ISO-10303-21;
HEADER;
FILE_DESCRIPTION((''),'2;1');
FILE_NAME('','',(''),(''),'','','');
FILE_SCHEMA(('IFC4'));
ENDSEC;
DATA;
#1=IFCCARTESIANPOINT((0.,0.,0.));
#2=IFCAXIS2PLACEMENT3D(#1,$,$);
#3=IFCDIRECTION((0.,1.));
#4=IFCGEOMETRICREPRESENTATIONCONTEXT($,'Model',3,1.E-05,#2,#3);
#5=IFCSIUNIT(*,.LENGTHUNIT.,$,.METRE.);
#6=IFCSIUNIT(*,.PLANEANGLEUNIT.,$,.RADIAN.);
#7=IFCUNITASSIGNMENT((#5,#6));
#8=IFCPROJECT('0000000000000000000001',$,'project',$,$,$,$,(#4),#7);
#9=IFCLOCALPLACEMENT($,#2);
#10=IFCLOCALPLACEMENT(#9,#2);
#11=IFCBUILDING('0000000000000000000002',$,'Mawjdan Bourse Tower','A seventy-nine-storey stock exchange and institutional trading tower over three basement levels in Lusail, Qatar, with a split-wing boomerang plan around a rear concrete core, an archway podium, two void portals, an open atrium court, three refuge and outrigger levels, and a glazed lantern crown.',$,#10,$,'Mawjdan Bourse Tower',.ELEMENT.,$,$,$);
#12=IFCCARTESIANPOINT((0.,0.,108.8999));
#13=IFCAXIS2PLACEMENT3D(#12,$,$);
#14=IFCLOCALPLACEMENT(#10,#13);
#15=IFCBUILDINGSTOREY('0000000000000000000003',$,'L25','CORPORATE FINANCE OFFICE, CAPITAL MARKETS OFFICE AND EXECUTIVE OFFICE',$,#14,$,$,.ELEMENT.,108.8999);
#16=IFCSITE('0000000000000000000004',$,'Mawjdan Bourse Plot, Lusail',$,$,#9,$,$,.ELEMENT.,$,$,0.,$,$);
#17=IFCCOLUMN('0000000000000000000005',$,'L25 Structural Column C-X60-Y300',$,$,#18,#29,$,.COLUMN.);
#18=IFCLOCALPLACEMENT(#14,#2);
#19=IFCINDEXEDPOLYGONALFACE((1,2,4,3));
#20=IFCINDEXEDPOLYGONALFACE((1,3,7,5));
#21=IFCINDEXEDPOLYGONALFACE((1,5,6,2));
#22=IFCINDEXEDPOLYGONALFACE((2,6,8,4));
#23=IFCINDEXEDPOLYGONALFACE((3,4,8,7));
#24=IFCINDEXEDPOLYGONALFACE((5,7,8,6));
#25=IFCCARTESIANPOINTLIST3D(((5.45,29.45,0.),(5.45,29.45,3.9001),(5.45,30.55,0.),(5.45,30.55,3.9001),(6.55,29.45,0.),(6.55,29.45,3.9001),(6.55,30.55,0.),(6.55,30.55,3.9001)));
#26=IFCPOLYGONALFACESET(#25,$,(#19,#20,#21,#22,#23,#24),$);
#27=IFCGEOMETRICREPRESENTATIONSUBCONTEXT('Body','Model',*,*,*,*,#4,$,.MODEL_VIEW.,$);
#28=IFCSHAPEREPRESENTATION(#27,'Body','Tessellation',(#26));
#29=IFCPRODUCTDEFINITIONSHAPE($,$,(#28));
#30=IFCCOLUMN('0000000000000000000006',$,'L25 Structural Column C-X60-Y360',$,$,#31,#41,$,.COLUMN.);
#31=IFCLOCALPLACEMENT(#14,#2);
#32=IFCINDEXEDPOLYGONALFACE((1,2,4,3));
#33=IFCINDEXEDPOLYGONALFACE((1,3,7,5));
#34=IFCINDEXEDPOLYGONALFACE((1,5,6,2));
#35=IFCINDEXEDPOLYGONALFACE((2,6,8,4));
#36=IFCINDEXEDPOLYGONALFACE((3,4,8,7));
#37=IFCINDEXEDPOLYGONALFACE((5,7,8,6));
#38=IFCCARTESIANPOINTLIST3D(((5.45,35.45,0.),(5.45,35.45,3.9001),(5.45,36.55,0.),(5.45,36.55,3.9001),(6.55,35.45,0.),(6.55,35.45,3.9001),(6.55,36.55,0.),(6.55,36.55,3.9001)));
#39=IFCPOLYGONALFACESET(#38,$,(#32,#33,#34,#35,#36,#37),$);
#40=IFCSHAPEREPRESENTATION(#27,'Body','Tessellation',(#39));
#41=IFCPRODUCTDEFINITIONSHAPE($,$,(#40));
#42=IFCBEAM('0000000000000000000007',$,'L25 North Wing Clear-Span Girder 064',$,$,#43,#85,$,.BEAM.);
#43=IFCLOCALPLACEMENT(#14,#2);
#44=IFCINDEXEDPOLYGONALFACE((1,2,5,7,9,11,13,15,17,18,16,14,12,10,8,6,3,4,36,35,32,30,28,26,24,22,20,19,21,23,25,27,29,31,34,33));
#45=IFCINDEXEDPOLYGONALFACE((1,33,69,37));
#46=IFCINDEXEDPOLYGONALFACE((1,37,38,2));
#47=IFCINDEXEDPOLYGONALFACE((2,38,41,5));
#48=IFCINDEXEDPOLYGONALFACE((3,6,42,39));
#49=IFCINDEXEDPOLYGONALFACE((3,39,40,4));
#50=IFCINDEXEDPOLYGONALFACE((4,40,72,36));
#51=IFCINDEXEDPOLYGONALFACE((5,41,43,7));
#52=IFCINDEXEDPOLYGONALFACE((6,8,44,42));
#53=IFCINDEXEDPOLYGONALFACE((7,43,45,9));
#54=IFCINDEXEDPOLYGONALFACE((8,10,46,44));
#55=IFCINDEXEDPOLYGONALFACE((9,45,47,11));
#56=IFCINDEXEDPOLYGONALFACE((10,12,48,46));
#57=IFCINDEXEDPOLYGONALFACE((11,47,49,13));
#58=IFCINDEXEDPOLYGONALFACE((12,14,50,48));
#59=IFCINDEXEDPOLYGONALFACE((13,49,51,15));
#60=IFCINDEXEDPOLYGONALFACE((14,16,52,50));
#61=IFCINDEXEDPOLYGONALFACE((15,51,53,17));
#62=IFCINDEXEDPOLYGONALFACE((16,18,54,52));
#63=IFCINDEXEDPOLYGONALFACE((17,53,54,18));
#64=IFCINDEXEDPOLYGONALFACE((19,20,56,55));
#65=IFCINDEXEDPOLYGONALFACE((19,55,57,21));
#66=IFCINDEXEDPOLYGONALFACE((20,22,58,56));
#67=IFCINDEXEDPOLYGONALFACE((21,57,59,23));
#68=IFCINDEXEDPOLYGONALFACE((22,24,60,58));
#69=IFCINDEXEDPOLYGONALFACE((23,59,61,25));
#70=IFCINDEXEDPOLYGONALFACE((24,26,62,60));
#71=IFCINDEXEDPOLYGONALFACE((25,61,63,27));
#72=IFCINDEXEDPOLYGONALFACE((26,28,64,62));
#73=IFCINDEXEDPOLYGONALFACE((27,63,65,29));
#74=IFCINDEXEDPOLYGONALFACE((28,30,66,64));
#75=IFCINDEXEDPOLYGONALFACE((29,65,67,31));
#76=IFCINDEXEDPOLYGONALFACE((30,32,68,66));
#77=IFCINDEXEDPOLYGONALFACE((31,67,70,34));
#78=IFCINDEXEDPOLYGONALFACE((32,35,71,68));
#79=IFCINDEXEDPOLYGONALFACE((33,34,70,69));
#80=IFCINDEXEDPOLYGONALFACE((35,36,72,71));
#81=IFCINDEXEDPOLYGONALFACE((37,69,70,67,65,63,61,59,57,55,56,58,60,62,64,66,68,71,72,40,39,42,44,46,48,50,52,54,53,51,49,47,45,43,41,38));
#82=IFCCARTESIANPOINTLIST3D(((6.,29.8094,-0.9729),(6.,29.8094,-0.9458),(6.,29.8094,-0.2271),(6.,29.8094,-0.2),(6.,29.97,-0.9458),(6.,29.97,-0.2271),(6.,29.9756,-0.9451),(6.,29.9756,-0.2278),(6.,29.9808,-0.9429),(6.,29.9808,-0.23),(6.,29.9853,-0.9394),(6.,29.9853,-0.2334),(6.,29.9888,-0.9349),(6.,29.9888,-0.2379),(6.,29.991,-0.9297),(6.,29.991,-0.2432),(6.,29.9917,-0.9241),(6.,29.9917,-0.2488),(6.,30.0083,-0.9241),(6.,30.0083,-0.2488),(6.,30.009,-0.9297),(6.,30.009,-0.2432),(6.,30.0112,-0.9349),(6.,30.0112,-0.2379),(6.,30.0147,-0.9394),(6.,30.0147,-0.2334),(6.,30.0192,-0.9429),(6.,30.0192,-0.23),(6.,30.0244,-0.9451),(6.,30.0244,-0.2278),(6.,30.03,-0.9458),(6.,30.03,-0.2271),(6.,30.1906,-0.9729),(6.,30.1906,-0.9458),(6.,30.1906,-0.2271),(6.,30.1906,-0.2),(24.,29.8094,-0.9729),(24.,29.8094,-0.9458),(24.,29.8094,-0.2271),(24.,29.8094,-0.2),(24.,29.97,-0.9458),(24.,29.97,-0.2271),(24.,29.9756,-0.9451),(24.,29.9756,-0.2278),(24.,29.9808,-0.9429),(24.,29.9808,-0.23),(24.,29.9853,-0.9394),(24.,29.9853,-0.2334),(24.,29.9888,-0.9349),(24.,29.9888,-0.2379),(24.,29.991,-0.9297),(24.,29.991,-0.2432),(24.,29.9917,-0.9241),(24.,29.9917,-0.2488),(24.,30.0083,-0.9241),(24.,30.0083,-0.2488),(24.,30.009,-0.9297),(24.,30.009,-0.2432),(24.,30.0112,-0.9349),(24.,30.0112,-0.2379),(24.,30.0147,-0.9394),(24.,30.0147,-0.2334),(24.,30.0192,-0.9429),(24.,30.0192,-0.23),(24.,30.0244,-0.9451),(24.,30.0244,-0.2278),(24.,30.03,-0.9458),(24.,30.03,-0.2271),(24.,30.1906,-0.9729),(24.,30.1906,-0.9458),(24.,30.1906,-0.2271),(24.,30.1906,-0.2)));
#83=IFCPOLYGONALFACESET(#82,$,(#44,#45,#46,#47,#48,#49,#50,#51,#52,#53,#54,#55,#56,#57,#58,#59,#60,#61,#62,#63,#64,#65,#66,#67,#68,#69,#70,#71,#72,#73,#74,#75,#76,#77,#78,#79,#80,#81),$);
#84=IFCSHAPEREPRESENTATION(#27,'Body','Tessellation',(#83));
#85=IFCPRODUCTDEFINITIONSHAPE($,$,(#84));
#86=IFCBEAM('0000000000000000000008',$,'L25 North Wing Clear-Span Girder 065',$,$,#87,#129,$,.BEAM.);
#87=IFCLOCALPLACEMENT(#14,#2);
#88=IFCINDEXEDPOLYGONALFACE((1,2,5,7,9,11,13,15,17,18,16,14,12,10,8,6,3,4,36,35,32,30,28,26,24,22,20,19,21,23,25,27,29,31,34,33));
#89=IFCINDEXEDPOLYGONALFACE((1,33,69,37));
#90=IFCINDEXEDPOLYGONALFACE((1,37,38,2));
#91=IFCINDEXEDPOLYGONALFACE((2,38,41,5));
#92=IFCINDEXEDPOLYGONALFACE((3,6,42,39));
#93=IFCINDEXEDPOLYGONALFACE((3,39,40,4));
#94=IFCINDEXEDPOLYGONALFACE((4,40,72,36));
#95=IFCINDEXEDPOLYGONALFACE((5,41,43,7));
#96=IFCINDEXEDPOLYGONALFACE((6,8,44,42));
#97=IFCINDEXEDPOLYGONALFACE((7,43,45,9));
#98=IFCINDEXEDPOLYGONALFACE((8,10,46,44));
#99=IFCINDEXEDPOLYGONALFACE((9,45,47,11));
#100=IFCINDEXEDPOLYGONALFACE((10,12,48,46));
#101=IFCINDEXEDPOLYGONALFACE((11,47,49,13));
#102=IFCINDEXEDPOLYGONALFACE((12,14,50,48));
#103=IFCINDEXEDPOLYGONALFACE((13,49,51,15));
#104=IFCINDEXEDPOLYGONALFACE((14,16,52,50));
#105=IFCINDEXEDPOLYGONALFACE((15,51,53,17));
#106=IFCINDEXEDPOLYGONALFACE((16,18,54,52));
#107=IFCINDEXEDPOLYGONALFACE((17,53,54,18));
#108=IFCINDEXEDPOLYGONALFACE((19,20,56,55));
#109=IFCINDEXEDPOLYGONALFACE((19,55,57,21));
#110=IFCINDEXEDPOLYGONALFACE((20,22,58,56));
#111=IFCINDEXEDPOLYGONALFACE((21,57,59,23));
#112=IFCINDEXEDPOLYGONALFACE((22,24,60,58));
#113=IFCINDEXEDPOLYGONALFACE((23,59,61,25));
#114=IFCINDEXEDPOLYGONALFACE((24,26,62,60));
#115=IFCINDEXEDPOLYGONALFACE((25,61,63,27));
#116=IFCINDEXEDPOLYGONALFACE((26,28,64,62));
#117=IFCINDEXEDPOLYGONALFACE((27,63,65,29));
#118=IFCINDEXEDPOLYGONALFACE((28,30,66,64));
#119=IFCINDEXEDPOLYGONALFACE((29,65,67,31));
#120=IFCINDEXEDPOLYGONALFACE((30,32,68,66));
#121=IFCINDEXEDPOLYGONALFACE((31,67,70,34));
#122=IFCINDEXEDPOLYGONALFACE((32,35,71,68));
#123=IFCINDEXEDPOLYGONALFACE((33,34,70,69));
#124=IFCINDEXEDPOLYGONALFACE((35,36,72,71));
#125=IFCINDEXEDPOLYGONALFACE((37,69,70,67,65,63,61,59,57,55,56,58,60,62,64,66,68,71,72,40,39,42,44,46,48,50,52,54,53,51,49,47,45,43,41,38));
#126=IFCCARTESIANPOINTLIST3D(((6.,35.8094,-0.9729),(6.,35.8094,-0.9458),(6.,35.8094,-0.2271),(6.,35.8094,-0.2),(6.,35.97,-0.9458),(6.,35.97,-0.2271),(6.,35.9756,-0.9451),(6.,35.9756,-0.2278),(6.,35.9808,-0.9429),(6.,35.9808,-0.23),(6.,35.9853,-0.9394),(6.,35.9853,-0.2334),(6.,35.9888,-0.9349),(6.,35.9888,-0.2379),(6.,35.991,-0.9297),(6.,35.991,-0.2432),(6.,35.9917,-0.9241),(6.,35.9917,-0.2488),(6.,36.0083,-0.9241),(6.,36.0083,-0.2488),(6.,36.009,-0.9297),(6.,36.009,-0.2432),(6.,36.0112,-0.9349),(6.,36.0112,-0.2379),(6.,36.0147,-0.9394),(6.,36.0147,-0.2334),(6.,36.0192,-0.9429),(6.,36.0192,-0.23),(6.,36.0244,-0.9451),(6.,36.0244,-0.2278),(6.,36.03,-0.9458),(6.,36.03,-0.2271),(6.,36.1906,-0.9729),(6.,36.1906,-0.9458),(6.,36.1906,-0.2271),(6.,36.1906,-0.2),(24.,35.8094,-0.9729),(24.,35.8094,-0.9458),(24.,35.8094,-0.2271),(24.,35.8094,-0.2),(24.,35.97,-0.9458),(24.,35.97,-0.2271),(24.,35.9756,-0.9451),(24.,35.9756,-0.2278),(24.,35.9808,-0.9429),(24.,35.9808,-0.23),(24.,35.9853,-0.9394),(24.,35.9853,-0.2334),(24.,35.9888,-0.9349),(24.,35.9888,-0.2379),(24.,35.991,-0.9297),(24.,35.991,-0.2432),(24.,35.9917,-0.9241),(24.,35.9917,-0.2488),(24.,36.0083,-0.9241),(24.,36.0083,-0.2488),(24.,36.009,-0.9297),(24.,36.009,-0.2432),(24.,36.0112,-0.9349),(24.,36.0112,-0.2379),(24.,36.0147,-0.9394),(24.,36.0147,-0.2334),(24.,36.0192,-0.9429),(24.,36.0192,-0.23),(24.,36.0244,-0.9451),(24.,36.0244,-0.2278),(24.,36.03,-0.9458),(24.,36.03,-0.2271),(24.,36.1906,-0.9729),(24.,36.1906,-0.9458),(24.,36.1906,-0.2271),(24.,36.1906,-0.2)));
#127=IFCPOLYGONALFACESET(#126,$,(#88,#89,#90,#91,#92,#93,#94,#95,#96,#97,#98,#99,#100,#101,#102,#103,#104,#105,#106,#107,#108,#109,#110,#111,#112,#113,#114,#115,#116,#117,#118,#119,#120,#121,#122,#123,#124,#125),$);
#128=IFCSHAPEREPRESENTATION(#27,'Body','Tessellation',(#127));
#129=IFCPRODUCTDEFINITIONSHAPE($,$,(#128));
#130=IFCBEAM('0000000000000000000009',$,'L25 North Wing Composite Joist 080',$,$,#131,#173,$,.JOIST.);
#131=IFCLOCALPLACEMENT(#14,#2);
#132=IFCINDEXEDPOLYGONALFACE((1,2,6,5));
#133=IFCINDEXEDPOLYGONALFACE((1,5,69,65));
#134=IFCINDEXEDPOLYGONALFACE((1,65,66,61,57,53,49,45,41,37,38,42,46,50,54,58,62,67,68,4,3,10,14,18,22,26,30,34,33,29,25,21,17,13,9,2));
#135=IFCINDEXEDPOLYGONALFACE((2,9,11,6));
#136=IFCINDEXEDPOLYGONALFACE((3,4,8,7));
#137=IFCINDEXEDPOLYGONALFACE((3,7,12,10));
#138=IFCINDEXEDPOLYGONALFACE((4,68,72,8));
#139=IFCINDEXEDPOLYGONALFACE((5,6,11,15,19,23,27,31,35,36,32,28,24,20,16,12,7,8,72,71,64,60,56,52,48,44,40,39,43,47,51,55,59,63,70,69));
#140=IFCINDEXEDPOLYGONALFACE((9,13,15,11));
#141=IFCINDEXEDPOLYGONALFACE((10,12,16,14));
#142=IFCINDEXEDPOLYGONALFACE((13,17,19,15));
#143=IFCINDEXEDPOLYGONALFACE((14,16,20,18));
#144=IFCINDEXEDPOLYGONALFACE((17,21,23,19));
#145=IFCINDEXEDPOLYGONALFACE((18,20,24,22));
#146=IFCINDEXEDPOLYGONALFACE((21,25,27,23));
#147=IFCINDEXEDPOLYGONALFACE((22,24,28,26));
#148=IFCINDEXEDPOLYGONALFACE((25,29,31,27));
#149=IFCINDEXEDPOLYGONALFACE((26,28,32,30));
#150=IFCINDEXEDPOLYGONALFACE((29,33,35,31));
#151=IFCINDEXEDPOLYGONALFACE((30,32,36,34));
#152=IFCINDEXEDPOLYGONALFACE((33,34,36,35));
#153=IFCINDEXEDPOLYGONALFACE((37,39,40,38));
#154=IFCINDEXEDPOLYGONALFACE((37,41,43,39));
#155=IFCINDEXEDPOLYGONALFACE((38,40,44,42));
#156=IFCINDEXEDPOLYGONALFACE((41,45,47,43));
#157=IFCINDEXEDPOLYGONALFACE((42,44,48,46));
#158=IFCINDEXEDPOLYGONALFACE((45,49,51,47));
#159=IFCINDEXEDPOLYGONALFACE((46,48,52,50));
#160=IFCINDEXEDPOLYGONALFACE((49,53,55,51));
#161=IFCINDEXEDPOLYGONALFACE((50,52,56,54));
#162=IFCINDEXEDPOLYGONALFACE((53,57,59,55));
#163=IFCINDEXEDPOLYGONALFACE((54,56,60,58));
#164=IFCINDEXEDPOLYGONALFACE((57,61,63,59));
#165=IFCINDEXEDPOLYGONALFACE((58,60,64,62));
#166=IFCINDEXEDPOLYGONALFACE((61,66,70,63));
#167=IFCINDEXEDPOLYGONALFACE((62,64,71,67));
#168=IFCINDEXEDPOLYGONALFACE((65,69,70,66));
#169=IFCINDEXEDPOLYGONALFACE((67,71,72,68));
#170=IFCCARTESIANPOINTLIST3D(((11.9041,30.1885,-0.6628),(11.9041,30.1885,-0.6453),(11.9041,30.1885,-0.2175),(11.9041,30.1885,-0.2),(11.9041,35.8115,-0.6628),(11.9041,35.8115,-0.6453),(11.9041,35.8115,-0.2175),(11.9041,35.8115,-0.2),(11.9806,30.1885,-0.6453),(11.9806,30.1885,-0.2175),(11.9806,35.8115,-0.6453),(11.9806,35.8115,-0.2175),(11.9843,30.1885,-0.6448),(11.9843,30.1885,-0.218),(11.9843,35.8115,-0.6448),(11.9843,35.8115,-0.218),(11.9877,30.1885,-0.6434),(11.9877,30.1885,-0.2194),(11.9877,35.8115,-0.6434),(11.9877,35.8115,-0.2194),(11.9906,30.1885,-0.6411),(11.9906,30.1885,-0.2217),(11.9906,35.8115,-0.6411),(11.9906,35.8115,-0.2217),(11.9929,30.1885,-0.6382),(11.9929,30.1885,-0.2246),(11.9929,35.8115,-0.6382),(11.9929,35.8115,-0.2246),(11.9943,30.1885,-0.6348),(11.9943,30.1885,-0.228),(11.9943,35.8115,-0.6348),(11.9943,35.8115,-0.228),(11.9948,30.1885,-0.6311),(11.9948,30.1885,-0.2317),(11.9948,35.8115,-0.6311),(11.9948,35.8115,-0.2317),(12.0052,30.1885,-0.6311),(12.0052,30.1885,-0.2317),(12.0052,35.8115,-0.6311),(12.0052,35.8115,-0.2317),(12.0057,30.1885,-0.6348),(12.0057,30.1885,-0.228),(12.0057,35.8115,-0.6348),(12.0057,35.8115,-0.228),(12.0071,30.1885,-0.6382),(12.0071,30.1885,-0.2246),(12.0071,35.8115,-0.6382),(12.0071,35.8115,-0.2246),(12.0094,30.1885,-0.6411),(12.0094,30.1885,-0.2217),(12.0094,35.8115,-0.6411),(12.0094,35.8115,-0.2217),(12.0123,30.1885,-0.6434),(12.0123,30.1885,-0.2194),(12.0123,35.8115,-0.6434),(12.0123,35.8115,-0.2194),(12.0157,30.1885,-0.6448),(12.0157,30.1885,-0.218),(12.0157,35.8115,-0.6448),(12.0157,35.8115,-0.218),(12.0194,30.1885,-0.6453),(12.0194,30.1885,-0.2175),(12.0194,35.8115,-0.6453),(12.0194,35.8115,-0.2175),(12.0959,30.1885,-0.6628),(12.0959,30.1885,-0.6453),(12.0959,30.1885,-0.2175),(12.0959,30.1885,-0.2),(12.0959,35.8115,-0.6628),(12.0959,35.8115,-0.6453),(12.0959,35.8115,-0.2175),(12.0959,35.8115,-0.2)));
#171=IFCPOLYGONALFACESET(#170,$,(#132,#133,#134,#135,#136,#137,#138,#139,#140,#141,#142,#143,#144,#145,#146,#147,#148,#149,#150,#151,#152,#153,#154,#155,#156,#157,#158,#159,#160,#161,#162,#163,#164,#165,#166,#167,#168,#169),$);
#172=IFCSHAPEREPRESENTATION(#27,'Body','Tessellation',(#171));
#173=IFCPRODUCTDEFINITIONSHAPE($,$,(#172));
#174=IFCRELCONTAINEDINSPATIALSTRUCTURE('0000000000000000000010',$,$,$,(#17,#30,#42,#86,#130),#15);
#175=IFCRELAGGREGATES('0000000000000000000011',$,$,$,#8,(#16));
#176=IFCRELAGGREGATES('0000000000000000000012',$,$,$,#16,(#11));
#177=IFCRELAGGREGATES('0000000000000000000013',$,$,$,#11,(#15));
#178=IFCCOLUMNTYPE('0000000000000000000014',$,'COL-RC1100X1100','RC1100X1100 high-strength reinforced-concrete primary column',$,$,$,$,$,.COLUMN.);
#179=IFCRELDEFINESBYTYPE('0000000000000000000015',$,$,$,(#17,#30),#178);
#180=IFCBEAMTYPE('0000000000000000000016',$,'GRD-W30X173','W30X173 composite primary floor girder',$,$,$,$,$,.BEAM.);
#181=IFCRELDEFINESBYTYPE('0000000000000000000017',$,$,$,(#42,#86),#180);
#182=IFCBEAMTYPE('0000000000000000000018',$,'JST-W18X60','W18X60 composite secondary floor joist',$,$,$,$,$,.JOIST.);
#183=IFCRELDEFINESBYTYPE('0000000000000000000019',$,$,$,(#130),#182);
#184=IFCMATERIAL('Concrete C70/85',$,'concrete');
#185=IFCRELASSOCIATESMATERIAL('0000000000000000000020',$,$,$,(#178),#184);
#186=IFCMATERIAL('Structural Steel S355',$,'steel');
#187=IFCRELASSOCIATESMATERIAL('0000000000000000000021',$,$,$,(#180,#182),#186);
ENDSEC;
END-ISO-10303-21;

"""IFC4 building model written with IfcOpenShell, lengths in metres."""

from ifc_helpers import new_model, si_unit, direction, frame, origin, origin_2d, place, context, subcontext, project, spatial, rectangle, i_section, extrude, material, material_profile, profile_set, type_object, element, save


model = new_model("IFC4")

# Units and contexts
model_context = context("Model", 3, precision=1e-05, world=origin(), true_north=direction((0.0, 1.0)))
body_context = subcontext(model_context, "Body", "Model", "MODEL_VIEW")
ifc_project = project(units=[si_unit("LENGTHUNIT", "METRE"), si_unit("PLANEANGLEUNIT", "RADIAN")], contexts=[model_context])

# Site, building, storey
site_placement = place(None, origin())
site = spatial("IfcSite", under=ifc_project, at=site_placement, Name="Mawjdan Bourse Plot, Lusail", CompositionType="ELEMENT", RefElevation=0.0)
building_placement = place(site_placement, origin())
building = spatial("IfcBuilding", under=site, at=building_placement, Name="Mawjdan Bourse Tower", Description="A seventy-nine-storey stock exchange and institutional trading tower over three basement levels in Lusail, Qatar, with a split-wing boomerang plan around a rear concrete core, an archway podium, two void portals, an open atrium court, three refuge and outrigger levels, and a glazed lantern crown.", LongName="Mawjdan Bourse Tower", CompositionType="ELEMENT")
storey_placement = place(building_placement, frame((0.0, 0.0, 108.8999)))
storey = spatial("IfcBuildingStorey", under=building, at=storey_placement, Name="L25", Description="CORPORATE FINANCE OFFICE, CAPITAL MARKETS OFFICE AND EXECUTIVE OFFICE", CompositionType="ELEMENT", Elevation=108.8999)

# Columns
ifc_material_1 = material(Name="Concrete C70/85", Category="concrete")
ifc_material_profile_1 = material_profile(ifc_material_1, rectangle(XDim=1.1001, YDim=1.1001, at=origin_2d()), Name="RC1100X1100")
ifc_profile_set_1 = profile_set([ifc_material_profile_1], Name="Concrete C70/85")
column_type = type_object("IfcColumnType", Name="COL-RC1100X1100", Description="RC1100X1100 high-strength reinforced-concrete primary column", PredefinedType="COLUMN", material=ifc_profile_set_1)
for number, where, z_axis, x_axis, name in (
    (1, (6.0, 30.0, 0.0), (0.0, 0.0, 1.0), (1.0, 0.0, 0.0), "L25 Structural Column C-X60-Y300"),
    (2, (6.0, 36.0, 0.0), (0.0, 0.0, 1.0), (1.0, 0.0, 0.0), "L25 Structural Column C-X60-Y360"),
):
    element("IfcColumn", number, at=place(storey_placement, frame(where, z_axis=z_axis, x_axis=x_axis)), inside=storey, type_object=column_type, Name=name, PredefinedType="COLUMN", context=body_context, shape_type="SweptSolid", body=[
        extrude(rectangle(XDim=1.1001, YDim=1.1001, at=origin_2d()), origin(), (0.0, 0.0, 1.0), 3.9001),
    ])

# Beams
ifc_material_2 = material(Name="Structural Steel S355", Category="steel")
ifc_material_profile_2 = material_profile(ifc_material_2, i_section(OverallWidth=0.3811, OverallDepth=0.7729, WebThickness=0.0166, FlangeThickness=0.0271, FilletRadius=0.0217, at=origin_2d()), Name="W30X173")
ifc_profile_set_2 = profile_set([ifc_material_profile_2], Name="Structural Steel S355")
beam_type_1 = type_object("IfcBeamType", Name="GRD-W30X173", Description="W30X173 composite primary floor girder", PredefinedType="BEAM", material=ifc_profile_set_2)
for number, where, z_axis, x_axis, name in (
    (3, (6.0, 30.0, -0.5864), (1.0, 0.0, 0.0), (0.0, 1.0, 0.0), "L25 North Wing Clear-Span Girder 064"),
    (4, (6.0, 36.0, -0.5864), (1.0, 0.0, 0.0), (0.0, 1.0, 0.0), "L25 North Wing Clear-Span Girder 065"),
):
    element("IfcBeam", number, at=place(storey_placement, frame(where, z_axis=z_axis, x_axis=x_axis)), inside=storey, type_object=beam_type_1, Name=name, PredefinedType="BEAM", context=body_context, shape_type="SweptSolid", body=[
        extrude(i_section(OverallWidth=0.3811, OverallDepth=0.7729, WebThickness=0.0166, FlangeThickness=0.0271, FilletRadius=0.0217, at=origin_2d()), origin(), (0.0, 0.0, 1.0), 18.0),
    ])
ifc_material_profile_3 = material_profile(ifc_material_2, i_section(OverallWidth=0.1919, OverallDepth=0.4629, WebThickness=0.0105, FlangeThickness=0.0176, FilletRadius=0.0142, at=origin_2d()), Name="W18X60")
ifc_profile_set_3 = profile_set([ifc_material_profile_3], Name="Structural Steel S355")
beam_type_2 = type_object("IfcBeamType", Name="JST-W18X60", Description="W18X60 composite secondary floor joist", PredefinedType="JOIST", material=ifc_profile_set_3)
for number, where, z_axis, x_axis, name in (
    (5, (12.0, 30.1885, -0.4314), (0.0, 1.0, 0.0), (-1.0, 0.0, 0.0), "L25 North Wing Composite Joist 080"),
):
    element("IfcBeam", number, at=place(storey_placement, frame(where, z_axis=z_axis, x_axis=x_axis)), inside=storey, type_object=beam_type_2, Name=name, PredefinedType="JOIST", context=body_context, shape_type="SweptSolid", body=[
        extrude(i_section(OverallWidth=0.1919, OverallDepth=0.4629, WebThickness=0.0105, FlangeThickness=0.0176, FilletRadius=0.0142, at=origin_2d()), origin(), (0.0, 0.0, 1.0), 5.623),
    ])

save(model, "model.ifc")
